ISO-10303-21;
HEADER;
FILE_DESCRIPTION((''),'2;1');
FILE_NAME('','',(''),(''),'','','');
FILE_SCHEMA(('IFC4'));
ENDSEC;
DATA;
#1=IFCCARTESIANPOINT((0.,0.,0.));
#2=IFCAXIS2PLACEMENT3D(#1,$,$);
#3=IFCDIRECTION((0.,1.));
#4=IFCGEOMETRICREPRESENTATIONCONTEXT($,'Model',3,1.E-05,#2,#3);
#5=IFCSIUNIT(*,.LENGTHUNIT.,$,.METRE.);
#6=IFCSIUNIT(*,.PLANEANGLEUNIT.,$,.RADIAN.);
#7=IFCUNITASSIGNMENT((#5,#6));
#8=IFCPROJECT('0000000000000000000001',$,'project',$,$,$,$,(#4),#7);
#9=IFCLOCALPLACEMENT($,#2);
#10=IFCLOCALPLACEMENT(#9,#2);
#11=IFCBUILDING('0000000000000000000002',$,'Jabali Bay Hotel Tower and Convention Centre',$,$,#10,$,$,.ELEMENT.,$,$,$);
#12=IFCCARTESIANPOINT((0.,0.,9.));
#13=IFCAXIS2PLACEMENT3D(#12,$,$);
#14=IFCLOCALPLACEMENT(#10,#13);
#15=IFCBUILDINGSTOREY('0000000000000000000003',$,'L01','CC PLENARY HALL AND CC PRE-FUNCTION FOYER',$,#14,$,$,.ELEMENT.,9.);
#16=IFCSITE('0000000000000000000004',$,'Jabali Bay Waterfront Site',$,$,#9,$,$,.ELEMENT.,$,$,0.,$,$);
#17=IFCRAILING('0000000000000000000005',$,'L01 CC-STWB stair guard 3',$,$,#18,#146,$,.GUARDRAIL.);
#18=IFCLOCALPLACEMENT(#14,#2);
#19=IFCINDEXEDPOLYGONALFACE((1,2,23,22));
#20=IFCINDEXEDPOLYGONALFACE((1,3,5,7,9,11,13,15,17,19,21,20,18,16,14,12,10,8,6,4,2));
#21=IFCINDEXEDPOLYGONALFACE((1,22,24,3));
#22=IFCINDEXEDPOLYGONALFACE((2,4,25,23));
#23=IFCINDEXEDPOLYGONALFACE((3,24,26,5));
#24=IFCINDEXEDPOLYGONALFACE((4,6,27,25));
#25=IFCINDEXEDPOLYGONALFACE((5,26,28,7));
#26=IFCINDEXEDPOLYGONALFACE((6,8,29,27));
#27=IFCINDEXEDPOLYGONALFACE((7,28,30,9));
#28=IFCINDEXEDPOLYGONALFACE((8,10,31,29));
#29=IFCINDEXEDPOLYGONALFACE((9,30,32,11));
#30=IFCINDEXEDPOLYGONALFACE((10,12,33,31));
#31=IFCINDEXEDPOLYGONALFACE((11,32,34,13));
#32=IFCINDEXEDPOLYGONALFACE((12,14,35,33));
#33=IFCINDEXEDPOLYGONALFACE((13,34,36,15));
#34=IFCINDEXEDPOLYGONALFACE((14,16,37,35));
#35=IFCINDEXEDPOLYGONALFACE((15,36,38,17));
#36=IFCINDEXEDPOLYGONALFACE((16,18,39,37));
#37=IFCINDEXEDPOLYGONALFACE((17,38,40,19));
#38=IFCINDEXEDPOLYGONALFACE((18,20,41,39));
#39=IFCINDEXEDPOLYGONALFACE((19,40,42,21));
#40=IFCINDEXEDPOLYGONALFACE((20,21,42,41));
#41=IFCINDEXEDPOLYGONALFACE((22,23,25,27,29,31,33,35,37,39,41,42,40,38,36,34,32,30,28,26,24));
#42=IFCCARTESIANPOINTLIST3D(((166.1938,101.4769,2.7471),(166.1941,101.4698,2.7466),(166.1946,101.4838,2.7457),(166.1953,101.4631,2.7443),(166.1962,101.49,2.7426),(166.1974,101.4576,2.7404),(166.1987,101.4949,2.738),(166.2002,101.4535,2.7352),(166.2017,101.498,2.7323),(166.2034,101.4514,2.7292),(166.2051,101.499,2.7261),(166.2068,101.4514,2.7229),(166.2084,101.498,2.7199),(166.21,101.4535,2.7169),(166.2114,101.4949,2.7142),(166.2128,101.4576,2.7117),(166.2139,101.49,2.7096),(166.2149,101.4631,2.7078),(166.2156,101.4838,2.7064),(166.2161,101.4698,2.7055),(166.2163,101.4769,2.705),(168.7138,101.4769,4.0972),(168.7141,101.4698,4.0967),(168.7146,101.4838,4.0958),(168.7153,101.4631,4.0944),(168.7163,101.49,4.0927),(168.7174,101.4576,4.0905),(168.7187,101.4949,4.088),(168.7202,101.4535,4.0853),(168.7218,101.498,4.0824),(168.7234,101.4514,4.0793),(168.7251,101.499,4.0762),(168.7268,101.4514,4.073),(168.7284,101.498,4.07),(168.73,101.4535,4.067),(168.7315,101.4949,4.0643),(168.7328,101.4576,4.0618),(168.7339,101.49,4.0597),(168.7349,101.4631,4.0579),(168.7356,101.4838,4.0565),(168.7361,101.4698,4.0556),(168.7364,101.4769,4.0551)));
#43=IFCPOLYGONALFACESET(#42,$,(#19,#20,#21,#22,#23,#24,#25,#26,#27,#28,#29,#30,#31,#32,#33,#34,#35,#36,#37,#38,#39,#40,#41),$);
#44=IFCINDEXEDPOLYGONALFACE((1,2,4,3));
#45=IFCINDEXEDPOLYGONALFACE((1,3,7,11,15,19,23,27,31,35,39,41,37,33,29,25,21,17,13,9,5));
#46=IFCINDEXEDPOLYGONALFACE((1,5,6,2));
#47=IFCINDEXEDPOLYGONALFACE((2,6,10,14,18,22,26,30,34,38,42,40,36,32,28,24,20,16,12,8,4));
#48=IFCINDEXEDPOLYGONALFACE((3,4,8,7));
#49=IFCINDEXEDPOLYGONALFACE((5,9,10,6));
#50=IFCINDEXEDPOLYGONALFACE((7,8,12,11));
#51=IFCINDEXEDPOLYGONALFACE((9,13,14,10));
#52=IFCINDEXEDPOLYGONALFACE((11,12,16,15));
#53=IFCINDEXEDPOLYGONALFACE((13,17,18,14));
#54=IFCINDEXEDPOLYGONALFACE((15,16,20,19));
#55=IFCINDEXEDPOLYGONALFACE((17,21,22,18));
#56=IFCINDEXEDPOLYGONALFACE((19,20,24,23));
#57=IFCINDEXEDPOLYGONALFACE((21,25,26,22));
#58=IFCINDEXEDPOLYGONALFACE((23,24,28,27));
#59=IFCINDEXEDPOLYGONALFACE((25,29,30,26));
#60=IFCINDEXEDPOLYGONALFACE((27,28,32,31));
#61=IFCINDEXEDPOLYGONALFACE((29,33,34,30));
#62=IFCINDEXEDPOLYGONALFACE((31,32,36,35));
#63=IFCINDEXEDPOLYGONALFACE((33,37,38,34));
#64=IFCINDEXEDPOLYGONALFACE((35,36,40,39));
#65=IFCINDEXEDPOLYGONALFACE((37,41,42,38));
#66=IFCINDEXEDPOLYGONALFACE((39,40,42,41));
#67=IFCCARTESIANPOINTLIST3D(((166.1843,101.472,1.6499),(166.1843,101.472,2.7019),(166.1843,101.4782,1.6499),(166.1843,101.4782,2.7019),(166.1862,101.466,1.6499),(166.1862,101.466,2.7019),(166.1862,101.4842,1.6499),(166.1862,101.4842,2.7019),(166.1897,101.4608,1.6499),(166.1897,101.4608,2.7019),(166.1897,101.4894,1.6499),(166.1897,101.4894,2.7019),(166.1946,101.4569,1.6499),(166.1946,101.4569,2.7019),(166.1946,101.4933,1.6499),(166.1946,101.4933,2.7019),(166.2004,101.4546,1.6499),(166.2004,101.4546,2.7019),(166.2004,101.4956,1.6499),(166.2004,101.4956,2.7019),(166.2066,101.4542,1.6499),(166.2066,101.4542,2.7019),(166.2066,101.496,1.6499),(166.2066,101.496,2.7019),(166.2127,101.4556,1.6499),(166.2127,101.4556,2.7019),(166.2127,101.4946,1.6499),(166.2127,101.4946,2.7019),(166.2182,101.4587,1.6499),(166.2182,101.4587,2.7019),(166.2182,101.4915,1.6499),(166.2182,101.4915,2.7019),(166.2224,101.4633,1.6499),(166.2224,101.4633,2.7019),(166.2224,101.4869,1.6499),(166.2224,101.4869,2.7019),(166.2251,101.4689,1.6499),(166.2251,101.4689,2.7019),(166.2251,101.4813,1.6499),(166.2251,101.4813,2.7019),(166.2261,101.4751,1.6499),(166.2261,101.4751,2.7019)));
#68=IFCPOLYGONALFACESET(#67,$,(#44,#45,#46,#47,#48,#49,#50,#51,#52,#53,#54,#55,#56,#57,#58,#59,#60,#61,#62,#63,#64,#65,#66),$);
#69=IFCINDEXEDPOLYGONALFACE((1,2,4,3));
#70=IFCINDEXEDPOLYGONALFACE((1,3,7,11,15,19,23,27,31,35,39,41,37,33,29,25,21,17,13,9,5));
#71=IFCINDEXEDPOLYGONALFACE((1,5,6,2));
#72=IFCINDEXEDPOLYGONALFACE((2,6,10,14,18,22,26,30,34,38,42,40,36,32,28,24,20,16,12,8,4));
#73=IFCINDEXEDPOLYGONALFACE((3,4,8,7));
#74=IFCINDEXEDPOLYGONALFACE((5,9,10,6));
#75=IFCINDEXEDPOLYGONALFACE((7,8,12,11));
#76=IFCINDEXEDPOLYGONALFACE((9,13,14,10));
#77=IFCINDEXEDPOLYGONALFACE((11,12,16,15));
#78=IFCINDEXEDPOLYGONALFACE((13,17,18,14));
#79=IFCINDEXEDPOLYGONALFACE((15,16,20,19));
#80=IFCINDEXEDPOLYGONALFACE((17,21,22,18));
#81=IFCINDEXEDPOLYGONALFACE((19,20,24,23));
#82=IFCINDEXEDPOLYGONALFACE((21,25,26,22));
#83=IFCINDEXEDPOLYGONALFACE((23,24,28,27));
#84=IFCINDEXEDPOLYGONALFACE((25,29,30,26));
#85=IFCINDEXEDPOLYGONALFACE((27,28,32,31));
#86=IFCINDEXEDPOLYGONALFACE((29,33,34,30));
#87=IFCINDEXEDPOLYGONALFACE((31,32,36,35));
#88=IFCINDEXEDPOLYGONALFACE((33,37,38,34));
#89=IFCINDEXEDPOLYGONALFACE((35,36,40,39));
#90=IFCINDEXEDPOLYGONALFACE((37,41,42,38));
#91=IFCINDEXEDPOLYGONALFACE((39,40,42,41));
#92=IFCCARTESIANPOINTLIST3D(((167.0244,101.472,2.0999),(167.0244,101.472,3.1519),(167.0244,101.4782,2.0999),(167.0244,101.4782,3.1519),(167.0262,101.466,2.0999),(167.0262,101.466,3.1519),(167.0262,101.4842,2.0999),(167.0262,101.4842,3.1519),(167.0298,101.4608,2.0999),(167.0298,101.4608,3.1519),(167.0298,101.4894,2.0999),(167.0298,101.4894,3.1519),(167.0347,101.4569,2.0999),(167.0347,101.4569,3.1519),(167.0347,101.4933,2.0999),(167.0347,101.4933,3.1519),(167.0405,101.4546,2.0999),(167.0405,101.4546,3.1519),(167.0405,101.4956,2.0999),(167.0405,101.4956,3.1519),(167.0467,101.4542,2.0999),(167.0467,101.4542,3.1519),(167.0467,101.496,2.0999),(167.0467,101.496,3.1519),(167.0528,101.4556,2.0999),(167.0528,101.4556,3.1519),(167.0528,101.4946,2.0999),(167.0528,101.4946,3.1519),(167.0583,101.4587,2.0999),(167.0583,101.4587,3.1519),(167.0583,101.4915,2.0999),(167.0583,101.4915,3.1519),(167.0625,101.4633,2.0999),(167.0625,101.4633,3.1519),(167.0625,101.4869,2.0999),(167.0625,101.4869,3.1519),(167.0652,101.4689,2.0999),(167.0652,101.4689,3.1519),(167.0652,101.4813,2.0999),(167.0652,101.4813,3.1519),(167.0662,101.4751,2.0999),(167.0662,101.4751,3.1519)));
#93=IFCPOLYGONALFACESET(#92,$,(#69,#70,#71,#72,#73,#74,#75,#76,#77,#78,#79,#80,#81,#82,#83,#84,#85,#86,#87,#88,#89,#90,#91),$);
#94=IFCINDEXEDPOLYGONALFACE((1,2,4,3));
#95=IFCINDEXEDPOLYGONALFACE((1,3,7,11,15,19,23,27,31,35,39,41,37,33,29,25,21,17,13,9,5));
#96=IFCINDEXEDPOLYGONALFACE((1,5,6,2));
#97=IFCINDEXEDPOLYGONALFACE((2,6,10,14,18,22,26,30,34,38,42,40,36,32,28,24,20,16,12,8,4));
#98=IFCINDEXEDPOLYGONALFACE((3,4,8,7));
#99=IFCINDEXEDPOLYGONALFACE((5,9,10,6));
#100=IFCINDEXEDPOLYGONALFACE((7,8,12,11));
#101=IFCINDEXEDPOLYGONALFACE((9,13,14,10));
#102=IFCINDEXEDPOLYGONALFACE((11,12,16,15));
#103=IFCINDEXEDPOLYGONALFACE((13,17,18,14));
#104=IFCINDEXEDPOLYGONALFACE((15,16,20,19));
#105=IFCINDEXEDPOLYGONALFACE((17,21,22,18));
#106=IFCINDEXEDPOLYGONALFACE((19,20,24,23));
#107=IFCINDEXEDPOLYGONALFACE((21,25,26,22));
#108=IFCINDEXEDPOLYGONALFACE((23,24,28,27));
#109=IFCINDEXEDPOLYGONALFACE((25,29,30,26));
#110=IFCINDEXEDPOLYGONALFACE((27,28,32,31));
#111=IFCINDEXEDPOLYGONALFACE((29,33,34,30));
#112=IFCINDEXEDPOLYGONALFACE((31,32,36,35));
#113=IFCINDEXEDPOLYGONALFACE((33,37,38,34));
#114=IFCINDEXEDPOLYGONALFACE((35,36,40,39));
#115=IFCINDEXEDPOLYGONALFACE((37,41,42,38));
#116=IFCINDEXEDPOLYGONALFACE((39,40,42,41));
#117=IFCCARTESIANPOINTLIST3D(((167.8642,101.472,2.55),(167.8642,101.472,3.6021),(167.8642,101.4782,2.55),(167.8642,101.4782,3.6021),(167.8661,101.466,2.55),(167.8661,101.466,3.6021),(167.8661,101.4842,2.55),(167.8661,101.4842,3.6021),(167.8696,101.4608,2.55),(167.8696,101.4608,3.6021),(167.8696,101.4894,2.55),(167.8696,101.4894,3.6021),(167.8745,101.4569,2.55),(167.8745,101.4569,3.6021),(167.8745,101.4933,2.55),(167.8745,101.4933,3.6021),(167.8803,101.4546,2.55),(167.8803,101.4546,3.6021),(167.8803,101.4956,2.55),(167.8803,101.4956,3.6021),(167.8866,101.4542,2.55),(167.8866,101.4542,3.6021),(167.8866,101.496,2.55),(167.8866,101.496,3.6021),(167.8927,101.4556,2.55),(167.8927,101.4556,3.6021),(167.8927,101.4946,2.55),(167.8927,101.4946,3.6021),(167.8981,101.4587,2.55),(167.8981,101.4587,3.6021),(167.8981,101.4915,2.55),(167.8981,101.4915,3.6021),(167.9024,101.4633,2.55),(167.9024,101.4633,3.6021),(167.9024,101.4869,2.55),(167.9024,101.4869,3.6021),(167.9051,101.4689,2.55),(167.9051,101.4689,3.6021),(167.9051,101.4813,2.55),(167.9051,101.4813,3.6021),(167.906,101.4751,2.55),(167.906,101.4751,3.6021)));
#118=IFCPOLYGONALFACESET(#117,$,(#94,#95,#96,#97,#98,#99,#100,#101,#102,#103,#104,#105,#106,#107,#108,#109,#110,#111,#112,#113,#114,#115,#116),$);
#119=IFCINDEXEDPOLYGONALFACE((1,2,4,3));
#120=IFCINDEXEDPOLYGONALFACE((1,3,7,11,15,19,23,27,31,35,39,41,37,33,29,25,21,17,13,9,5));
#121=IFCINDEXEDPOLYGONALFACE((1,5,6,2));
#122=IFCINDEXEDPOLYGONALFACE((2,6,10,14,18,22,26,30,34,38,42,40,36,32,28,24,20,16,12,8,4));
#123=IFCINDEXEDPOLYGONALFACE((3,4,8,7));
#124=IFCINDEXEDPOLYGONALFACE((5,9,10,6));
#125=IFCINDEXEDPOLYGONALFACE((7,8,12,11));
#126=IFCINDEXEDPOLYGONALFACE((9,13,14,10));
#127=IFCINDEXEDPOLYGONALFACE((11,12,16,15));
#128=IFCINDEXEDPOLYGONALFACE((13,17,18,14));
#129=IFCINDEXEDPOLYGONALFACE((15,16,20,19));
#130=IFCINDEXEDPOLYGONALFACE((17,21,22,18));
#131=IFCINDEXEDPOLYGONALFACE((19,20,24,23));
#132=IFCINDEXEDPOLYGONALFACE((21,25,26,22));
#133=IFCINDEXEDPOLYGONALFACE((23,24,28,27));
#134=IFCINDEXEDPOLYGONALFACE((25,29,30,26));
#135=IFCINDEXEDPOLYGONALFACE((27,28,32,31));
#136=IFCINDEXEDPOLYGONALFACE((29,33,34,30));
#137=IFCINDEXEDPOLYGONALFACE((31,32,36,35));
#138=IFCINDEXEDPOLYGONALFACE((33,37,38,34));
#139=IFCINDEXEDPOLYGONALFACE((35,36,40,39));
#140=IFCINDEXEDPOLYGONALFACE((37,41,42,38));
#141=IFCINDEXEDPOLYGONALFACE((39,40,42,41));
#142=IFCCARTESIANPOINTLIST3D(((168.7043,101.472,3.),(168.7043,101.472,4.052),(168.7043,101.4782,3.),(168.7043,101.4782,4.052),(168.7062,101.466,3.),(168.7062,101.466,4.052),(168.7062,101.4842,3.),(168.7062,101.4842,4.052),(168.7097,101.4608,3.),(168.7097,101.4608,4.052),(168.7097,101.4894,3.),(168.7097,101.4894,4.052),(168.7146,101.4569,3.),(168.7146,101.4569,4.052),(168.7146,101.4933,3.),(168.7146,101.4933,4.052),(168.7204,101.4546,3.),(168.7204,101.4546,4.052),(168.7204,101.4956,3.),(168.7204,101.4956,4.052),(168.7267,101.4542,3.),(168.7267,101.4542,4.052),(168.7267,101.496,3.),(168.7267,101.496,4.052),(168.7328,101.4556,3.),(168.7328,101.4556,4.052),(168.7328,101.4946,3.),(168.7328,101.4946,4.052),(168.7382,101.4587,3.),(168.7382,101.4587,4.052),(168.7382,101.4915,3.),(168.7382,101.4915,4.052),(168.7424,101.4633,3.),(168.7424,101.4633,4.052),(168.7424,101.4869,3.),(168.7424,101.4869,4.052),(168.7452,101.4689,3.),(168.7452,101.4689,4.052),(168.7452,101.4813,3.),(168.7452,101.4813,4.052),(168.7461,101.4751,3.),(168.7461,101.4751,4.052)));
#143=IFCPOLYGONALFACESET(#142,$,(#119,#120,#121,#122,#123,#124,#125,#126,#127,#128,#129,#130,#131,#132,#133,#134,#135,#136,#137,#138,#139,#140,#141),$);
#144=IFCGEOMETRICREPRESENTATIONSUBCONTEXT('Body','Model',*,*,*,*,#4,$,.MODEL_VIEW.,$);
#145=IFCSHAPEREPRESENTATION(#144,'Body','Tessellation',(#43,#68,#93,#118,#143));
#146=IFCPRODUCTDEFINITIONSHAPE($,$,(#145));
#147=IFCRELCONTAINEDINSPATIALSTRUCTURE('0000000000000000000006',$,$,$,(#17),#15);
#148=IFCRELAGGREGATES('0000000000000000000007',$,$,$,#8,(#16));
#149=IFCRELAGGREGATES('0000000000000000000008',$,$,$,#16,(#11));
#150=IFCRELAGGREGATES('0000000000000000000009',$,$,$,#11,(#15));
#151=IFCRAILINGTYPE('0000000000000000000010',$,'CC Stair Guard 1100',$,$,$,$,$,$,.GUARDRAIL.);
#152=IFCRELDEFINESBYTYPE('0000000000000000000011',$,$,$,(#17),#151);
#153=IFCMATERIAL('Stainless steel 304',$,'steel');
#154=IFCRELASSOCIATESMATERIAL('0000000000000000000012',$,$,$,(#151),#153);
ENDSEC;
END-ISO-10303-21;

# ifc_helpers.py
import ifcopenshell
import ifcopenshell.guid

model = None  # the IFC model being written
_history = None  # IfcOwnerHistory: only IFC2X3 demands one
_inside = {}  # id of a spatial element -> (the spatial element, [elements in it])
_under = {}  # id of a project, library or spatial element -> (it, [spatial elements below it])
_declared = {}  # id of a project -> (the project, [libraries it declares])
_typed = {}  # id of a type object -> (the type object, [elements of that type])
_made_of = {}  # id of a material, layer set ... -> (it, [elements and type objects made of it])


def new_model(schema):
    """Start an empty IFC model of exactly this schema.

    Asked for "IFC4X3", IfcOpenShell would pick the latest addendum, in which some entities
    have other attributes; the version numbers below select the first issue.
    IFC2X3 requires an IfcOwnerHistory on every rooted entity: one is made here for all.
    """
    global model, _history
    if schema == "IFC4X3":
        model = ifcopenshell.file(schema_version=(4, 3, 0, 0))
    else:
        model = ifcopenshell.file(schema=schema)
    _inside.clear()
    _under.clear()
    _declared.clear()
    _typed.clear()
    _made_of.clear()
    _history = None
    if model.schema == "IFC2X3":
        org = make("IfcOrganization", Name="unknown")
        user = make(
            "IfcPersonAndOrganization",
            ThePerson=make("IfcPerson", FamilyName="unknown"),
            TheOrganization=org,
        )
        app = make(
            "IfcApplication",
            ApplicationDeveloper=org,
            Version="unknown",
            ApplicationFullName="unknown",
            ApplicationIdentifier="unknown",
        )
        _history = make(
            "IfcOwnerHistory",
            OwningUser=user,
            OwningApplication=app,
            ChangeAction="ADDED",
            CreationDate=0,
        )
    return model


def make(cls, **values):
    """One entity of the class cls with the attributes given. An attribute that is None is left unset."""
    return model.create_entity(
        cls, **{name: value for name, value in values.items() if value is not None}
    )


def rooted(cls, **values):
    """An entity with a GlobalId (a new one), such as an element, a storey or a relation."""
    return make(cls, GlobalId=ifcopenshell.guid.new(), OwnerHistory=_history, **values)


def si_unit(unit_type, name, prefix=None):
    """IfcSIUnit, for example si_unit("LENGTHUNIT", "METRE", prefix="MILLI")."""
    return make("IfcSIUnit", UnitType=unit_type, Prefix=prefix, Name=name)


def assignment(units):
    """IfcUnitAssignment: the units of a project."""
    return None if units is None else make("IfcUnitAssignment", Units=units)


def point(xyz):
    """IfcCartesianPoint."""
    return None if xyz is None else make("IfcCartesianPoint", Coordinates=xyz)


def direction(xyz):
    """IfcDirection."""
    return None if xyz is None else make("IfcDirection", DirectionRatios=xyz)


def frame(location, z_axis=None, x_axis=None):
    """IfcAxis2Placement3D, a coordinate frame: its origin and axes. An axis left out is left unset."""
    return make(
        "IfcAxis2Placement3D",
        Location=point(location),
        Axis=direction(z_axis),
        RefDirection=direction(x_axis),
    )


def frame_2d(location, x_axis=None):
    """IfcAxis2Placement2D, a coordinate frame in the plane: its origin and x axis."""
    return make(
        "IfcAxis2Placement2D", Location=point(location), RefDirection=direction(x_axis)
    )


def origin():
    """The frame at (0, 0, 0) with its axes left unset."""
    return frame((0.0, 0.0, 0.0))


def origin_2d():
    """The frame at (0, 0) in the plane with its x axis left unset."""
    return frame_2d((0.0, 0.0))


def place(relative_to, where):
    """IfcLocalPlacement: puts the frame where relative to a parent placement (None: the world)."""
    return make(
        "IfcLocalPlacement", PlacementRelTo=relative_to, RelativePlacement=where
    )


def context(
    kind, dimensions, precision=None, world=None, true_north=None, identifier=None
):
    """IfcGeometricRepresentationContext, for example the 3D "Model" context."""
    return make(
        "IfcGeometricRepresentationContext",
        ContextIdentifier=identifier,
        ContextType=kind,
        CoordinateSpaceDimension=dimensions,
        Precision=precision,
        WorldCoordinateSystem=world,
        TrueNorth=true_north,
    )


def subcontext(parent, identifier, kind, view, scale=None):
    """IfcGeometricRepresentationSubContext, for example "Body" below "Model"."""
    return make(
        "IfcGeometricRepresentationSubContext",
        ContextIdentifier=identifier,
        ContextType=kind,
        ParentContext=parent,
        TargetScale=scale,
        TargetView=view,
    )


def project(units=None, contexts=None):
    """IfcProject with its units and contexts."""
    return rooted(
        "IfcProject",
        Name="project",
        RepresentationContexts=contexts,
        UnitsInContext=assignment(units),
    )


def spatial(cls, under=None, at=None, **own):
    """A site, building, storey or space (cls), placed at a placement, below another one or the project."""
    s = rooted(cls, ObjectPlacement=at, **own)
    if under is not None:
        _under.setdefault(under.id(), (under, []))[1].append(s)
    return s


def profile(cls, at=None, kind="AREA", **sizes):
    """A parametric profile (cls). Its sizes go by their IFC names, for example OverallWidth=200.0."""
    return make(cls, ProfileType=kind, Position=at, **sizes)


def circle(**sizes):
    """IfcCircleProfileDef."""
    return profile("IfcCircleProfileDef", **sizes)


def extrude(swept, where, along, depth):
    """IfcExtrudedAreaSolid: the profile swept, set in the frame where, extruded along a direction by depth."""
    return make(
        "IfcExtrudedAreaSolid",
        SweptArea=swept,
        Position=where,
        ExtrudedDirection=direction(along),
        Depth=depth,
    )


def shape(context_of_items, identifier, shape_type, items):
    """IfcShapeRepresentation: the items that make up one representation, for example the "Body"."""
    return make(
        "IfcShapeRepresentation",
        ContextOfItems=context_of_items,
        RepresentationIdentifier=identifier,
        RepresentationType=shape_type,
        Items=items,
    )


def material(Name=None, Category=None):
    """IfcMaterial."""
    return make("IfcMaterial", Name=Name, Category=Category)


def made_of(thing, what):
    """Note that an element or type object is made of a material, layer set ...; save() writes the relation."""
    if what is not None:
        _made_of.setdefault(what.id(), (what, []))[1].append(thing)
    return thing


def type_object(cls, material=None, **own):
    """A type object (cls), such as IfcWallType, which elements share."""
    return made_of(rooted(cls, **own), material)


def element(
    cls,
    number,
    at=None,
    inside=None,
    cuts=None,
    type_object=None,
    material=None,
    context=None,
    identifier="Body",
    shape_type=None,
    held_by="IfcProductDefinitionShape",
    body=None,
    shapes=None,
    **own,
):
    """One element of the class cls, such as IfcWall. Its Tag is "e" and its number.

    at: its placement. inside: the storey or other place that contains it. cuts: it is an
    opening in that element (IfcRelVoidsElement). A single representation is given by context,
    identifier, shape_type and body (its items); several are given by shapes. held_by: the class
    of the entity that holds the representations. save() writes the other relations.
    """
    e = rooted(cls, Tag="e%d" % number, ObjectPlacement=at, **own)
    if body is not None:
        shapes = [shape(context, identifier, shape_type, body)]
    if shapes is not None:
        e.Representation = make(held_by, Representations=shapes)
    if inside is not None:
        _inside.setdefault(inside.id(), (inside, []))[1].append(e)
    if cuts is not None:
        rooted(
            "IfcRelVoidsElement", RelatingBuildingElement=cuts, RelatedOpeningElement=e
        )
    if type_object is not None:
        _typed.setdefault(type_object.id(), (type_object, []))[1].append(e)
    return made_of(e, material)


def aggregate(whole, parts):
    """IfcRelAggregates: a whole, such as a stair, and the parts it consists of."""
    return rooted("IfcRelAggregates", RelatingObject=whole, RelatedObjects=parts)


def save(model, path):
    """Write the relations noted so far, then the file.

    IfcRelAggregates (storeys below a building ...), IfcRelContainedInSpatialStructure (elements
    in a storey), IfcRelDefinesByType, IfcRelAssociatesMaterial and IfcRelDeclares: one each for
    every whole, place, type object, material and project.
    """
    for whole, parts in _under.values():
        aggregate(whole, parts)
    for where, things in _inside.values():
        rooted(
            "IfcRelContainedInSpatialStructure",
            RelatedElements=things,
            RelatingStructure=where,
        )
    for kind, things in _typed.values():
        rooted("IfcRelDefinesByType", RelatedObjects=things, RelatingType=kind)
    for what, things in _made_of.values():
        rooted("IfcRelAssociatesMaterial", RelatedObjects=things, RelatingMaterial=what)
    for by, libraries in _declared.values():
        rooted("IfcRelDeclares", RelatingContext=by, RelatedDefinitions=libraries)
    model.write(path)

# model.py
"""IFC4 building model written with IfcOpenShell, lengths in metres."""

from ifc_helpers import new_model, si_unit, direction, frame, origin, origin_2d, place, context, subcontext, project, spatial, circle, extrude, material, type_object, element, save


model = new_model("IFC4")

# Units and contexts
model_context = context("Model", 3, precision=1e-05, world=origin(), true_north=direction((0.0, 1.0)))
body_context = subcontext(model_context, "Body", "Model", "MODEL_VIEW")
ifc_project = project(units=[si_unit("LENGTHUNIT", "METRE"), si_unit("PLANEANGLEUNIT", "RADIAN")], contexts=[model_context])

# Site, building, storey
site_placement = place(None, origin())
site = spatial("IfcSite", under=ifc_project, at=site_placement, Name="Jabali Bay Waterfront Site", CompositionType="ELEMENT", RefElevation=0.0)
building_placement = place(site_placement, origin())
building = spatial("IfcBuilding", under=site, at=building_placement, Name="Jabali Bay Hotel Tower and Convention Centre", CompositionType="ELEMENT")
storey_placement = place(building_placement, frame((0.0, 0.0, 9.0)))
storey = spatial("IfcBuildingStorey", under=building, at=storey_placement, Name="L01", Description="CC PLENARY HALL AND CC PRE-FUNCTION FOYER", CompositionType="ELEMENT", Elevation=9.0)

# Railing
ifc_material_1 = material(Name="Stainless steel 304", Category="steel")
railing_type_1 = type_object("IfcRailingType", Name="CC Stair Guard 1100", PredefinedType="GUARDRAIL", material=ifc_material_1)
for number, where, name in (
    (1, (166.2051, 101.4751, 1.6499), "L01 CC-STWB stair guard 3"),
):
    element("IfcRailing", number, at=place(storey_placement, frame(where)), inside=storey, type_object=railing_type_1, Name=name, PredefinedType="GUARDRAIL", context=body_context, shape_type="SweptSolid", body=[
        extrude(circle(Radius=0.0239, at=origin_2d()), frame((0.0, 0.0, 1.0762), z_axis=(0.881467, 0.0, 0.472245), x_axis=(0.0, 1.0, 0.0)), (0.0, 0.0, 1.0), 2.8589),
        extrude(circle(Radius=0.021, at=origin_2d()), origin(), (0.0, 0.0, 1.0), 1.052),
        extrude(circle(Radius=0.021, at=origin_2d()), frame((0.8401, 0.0, 0.45)), (0.0, 0.0, 1.0), 1.052),
        extrude(circle(Radius=0.021, at=origin_2d()), frame((1.6799, 0.0, 0.9001)), (0.0, 0.0, 1.0), 1.052),
        extrude(circle(Radius=0.021, at=origin_2d()), frame((2.52, 0.0, 1.3501)), (0.0, 0.0, 1.0), 1.052),
    ])

save(model, "model.ifc")
